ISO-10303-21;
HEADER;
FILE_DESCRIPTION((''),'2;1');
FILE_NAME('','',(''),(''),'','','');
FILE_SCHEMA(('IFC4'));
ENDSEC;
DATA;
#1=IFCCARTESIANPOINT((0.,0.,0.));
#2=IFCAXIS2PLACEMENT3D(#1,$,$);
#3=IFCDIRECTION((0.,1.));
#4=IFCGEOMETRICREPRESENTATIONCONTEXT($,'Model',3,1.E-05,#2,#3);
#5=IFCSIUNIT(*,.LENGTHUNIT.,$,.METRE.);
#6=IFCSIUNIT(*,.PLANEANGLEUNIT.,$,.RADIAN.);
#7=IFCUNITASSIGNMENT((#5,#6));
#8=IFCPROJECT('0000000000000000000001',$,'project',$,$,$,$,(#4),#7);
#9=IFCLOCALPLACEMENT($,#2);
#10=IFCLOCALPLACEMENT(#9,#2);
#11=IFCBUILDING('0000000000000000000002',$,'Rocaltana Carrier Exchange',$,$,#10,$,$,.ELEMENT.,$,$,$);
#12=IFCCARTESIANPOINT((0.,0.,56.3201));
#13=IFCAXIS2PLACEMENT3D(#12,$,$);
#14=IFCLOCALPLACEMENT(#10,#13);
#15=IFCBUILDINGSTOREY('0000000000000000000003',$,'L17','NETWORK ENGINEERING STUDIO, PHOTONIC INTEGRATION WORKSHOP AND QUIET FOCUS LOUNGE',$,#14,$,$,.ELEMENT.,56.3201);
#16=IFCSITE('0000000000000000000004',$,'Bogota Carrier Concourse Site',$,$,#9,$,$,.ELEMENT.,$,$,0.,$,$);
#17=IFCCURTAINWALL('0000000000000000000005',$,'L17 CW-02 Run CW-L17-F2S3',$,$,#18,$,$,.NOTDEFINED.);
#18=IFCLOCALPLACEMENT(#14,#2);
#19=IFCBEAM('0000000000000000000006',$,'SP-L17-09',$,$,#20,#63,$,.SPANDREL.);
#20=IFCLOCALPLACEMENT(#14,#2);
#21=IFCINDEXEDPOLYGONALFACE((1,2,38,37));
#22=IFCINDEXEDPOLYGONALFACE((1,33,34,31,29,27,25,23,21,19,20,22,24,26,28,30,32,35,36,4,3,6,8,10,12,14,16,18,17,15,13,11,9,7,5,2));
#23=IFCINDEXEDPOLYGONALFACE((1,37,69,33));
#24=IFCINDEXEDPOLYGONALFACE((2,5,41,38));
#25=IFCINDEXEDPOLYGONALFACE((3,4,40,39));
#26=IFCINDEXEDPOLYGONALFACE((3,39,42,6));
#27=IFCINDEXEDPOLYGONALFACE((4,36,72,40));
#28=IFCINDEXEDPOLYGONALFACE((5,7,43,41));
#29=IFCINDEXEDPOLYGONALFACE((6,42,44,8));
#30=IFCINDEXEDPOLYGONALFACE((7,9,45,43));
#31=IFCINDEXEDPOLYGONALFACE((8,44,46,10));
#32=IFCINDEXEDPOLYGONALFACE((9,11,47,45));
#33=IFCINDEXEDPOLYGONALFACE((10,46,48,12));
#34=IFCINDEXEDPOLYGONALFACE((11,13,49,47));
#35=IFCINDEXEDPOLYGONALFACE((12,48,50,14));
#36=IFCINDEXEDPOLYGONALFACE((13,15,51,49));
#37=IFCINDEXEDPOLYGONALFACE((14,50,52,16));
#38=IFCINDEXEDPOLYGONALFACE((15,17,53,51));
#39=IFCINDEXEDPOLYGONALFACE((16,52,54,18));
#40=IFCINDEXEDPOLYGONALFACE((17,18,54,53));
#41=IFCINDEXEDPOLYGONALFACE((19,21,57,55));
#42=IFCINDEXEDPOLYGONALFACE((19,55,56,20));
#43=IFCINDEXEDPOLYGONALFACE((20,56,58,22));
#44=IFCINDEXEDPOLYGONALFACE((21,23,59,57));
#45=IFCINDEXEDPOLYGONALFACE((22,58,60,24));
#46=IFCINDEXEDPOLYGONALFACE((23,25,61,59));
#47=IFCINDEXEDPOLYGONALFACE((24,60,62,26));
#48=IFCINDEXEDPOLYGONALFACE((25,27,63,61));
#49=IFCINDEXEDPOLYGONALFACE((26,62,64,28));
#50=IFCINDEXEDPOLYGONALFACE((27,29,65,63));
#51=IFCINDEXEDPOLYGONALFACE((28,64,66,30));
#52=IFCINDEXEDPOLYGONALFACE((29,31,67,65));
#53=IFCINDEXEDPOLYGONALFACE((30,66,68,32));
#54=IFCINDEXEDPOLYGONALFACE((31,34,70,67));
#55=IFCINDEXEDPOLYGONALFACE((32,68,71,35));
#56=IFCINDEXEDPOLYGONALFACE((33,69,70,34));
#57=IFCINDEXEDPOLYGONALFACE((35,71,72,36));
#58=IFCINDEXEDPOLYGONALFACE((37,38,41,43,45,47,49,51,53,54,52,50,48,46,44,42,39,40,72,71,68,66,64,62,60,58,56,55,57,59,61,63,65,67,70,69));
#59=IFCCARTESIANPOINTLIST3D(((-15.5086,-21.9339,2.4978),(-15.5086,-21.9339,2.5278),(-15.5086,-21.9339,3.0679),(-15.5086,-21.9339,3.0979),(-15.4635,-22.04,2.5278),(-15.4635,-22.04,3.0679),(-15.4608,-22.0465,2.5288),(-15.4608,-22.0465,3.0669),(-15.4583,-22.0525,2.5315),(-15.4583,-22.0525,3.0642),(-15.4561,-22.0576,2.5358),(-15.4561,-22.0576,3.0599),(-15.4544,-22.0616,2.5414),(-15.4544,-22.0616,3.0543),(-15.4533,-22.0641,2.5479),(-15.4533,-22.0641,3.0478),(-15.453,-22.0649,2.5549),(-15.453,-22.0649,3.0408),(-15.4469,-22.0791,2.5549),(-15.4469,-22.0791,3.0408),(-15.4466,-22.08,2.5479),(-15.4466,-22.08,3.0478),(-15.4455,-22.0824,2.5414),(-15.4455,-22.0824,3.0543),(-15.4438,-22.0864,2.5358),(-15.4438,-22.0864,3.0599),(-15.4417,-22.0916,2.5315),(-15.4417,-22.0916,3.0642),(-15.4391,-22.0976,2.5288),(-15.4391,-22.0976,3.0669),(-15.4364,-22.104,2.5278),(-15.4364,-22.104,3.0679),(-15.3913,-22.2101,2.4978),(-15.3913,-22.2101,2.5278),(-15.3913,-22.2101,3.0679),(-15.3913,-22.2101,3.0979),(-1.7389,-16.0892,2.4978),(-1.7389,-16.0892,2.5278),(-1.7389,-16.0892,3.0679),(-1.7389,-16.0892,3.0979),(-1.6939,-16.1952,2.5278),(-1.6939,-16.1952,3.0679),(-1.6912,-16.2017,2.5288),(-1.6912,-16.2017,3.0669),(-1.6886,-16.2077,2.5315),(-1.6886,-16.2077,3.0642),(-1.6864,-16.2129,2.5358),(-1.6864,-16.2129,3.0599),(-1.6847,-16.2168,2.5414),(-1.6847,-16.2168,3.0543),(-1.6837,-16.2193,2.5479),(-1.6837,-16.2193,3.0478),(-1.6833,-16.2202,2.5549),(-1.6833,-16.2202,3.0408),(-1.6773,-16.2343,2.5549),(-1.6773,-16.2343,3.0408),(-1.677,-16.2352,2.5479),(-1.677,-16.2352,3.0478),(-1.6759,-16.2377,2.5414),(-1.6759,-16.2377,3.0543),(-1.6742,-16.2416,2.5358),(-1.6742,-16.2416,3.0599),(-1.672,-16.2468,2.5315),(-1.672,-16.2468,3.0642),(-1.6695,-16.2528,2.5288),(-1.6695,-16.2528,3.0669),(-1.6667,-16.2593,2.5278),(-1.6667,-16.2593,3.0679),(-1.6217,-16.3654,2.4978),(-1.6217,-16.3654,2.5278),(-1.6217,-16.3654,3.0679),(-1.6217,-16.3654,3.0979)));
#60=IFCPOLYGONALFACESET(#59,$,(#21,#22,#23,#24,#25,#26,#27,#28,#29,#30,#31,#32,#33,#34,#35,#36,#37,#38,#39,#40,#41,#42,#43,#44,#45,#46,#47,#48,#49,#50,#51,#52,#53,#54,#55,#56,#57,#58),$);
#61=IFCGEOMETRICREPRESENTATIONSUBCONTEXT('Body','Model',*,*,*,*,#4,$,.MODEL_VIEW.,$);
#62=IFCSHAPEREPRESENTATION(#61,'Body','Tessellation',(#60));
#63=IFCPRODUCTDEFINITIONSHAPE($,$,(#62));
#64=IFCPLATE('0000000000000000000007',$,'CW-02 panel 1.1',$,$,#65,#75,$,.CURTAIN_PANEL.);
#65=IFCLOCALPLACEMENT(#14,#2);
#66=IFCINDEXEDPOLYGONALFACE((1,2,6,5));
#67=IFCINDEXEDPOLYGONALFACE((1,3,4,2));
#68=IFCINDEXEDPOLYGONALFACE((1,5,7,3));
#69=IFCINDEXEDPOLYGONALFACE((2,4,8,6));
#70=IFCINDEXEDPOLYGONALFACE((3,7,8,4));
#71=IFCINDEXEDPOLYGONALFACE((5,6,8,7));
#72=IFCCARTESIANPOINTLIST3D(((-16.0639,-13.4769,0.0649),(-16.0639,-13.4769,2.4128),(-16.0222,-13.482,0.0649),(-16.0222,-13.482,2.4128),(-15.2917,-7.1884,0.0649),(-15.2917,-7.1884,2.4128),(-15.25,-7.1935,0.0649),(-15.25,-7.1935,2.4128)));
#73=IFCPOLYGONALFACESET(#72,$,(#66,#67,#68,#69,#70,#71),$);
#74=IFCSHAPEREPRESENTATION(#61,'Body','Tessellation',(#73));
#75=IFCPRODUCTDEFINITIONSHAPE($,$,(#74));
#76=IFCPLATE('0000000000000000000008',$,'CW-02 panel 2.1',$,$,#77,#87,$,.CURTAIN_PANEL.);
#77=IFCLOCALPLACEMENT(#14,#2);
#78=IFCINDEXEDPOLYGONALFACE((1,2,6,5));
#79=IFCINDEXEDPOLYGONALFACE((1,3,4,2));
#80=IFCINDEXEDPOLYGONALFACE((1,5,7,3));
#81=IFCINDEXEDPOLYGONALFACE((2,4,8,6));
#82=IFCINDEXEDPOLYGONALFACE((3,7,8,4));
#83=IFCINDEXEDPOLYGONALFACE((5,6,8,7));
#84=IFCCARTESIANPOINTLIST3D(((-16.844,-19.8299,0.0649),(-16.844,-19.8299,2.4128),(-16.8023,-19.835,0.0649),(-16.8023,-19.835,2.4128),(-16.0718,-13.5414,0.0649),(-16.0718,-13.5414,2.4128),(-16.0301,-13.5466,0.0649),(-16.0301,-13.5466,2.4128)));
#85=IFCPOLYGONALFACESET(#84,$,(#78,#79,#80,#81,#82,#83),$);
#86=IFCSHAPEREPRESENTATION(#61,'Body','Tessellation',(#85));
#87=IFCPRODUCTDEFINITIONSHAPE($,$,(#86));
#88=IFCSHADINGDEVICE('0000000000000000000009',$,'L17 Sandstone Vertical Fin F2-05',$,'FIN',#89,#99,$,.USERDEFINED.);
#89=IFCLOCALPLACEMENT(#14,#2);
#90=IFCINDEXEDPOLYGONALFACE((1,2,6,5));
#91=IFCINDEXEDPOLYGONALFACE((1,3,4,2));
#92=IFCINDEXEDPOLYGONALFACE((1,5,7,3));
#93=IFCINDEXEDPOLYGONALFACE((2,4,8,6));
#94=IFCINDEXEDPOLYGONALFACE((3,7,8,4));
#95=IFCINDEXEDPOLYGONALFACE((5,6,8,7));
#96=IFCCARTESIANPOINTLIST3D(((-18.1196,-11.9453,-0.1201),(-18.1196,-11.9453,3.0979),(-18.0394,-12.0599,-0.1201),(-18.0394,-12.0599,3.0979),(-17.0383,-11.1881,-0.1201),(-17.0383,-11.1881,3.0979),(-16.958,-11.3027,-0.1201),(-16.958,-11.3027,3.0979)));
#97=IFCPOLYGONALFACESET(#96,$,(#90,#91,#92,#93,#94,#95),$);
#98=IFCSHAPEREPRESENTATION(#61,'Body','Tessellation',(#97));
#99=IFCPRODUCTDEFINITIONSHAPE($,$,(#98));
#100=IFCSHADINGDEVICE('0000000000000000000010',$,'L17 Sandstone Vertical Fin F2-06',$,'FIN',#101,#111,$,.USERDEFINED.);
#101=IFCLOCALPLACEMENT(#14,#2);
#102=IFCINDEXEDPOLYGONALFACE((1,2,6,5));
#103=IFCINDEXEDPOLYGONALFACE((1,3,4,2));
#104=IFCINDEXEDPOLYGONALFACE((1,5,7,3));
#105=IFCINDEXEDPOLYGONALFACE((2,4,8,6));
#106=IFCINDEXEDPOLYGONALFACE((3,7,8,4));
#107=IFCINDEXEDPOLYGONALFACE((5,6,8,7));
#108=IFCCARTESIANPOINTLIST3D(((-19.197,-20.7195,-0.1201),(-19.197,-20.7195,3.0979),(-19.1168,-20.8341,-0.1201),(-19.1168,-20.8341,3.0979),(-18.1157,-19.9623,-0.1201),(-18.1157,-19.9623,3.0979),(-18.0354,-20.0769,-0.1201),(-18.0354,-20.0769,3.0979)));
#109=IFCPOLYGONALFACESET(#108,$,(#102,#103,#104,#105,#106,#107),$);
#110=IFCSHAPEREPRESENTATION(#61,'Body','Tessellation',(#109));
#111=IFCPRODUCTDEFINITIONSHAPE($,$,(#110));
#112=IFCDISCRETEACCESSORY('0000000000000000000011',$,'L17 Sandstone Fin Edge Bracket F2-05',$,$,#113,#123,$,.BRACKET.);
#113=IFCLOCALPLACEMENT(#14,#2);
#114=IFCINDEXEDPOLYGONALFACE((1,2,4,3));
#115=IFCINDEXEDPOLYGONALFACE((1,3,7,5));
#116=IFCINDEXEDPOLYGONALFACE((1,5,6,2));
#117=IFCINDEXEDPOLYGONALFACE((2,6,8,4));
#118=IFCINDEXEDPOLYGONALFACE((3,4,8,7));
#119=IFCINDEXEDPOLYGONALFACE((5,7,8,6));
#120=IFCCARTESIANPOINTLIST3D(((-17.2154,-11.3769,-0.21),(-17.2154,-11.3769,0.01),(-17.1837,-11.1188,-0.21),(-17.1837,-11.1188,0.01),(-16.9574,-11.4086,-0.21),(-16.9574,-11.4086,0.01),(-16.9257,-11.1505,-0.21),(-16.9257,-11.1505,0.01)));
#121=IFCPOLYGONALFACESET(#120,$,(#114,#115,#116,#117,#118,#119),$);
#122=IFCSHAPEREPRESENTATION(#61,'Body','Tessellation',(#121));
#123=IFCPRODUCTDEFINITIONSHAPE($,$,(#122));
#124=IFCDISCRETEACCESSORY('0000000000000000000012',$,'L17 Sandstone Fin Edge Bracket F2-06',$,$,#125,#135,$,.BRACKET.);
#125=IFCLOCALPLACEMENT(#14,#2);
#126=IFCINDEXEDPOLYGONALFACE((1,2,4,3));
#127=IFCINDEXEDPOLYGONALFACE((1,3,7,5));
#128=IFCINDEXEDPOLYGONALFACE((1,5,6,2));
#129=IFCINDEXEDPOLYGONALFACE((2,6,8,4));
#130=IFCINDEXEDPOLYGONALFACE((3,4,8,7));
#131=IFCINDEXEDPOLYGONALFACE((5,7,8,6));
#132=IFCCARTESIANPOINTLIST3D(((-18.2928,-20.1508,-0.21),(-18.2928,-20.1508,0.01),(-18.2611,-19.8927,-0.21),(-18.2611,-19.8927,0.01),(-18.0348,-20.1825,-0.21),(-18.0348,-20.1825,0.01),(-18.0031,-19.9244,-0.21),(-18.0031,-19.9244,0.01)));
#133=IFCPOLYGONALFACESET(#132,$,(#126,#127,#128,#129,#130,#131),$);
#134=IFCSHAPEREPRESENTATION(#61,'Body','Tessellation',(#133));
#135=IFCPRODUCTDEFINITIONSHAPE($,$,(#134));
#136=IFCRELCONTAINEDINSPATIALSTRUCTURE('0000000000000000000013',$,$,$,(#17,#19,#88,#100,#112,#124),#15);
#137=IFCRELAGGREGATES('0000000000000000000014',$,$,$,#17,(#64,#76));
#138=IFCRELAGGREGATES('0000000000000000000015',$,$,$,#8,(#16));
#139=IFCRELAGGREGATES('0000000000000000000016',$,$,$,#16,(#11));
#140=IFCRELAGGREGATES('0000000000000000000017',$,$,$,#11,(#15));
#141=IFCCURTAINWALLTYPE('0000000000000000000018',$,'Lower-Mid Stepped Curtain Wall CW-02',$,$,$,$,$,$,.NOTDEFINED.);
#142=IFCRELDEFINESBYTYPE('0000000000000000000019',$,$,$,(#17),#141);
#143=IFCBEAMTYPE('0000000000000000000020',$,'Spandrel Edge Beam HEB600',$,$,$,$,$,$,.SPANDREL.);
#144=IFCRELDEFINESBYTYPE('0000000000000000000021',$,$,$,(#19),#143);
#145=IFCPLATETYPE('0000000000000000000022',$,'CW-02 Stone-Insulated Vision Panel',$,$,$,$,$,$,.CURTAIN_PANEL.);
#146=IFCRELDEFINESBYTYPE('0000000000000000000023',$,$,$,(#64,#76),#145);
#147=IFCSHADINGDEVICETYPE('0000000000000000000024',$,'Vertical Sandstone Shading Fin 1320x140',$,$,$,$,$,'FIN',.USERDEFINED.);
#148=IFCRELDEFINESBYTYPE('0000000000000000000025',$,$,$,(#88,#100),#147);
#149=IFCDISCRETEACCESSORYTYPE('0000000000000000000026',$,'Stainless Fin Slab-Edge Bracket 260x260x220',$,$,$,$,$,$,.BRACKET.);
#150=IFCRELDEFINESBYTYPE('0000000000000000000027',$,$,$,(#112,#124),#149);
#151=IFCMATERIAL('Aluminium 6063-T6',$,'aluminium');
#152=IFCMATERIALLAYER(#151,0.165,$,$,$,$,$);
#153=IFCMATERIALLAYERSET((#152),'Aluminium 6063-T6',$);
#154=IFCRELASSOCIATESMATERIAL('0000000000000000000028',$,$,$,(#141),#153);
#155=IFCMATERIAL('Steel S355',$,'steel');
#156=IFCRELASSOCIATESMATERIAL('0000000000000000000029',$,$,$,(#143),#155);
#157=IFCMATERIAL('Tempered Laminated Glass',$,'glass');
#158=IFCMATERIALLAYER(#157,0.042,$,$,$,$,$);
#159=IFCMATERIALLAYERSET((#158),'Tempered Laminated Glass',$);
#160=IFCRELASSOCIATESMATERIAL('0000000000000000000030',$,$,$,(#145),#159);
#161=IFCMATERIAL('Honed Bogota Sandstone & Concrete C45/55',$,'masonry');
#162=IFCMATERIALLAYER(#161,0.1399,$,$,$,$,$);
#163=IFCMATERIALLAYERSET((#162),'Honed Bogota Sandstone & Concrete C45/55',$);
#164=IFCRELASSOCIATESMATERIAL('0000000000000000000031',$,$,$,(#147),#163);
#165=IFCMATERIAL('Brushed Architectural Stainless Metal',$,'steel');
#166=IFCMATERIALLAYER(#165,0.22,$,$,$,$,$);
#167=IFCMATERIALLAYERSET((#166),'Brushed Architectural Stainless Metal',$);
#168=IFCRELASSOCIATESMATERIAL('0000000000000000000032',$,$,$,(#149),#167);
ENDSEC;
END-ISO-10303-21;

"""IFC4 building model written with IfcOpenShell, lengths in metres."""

from ifc_helpers import new_model, si_unit, direction, frame, origin, origin_2d, place, context, subcontext, project, spatial, rectangle, i_section, extrude, material, layer, layer_set, material_profile, profile_set, type_object, element, aggregate, save


model = new_model("IFC4")

# Units and contexts
model_context = context("Model", 3, precision=1e-05, world=origin(), true_north=direction((0.0, 1.0)))
body_context = subcontext(model_context, "Body", "Model", "MODEL_VIEW")
ifc_project = project(units=[si_unit("LENGTHUNIT", "METRE"), si_unit("PLANEANGLEUNIT", "RADIAN")], contexts=[model_context])

# Site, building, storey
site_placement = place(None, origin())
site = spatial("IfcSite", under=ifc_project, at=site_placement, Name="Bogota Carrier Concourse Site", CompositionType="ELEMENT", RefElevation=0.0)
building_placement = place(site_placement, origin())
building = spatial("IfcBuilding", under=site, at=building_placement, Name="Rocaltana Carrier Exchange", CompositionType="ELEMENT")
storey_placement = place(building_placement, frame((0.0, 0.0, 56.3201)))
storey = spatial("IfcBuildingStorey", under=building, at=storey_placement, Name="L17", Description="NETWORK ENGINEERING STUDIO, PHOTONIC INTEGRATION WORKSHOP AND QUIET FOCUS LOUNGE", CompositionType="ELEMENT", Elevation=56.3201)

# Curtain wall
ifc_material_1 = material(Name="Aluminium 6063-T6", Category="aluminium")
ifc_layer_1 = layer(ifc_material_1, 0.165)
ifc_layer_set_1 = layer_set([ifc_layer_1], Name="Aluminium 6063-T6")
curtain_wall_type = type_object("IfcCurtainWallType", Name="Lower-Mid Stepped Curtain Wall CW-02", PredefinedType="NOTDEFINED", material=ifc_layer_set_1)
curtain_wall_1_placement = place(storey_placement, origin())
curtain_wall_1 = element("IfcCurtainWall", 1, at=curtain_wall_1_placement, inside=storey, type_object=curtain_wall_type, Name="L17 CW-02 Run CW-L17-F2S3", PredefinedType="NOTDEFINED")

# Beam
ifc_material_2 = material(Name="Steel S355", Category="steel")
ifc_material_profile_1 = material_profile(ifc_material_2, i_section(OverallWidth=0.3, OverallDepth=0.6001, WebThickness=0.0154, FlangeThickness=0.03, FilletRadius=0.0271, at=origin_2d()), Name="HEB600")
ifc_profile_set_1 = profile_set([ifc_material_profile_1], Name="Steel S355")
beam_type_1 = type_object("IfcBeamType", Name="Spandrel Edge Beam HEB600", PredefinedType="SPANDREL", material=ifc_profile_set_1)
beam_1_placement = place(storey_placement, frame((-15.45, -22.072, 2.7979), z_axis=(0.920507, 0.390726, 0.0), x_axis=(-0.390726, 0.920507, 0.0)))
element("IfcBeam", 2, at=beam_1_placement, inside=storey, type_object=beam_type_1, Name="SP-L17-09", PredefinedType="SPANDREL", context=body_context, shape_type="SweptSolid", body=[
    extrude(i_section(OverallWidth=0.3, OverallDepth=0.6001, WebThickness=0.0154, FlangeThickness=0.03, FilletRadius=0.0271, at=origin_2d()), origin(), (0.0, 0.0, 1.0), 14.9587),
])

# Plates
ifc_material_3 = material(Name="Tempered Laminated Glass", Category="glass")
ifc_layer_2 = layer(ifc_material_3, 0.042)
ifc_layer_set_2 = layer_set([ifc_layer_2], Name="Tempered Laminated Glass")
plate_type = type_object("IfcPlateType", Name="CW-02 Stone-Insulated Vision Panel", PredefinedType="CURTAIN_PANEL", material=ifc_layer_set_2)
plate_1_placement = place(storey_placement, frame((-15.657, -10.3352, 0.0649), z_axis=(0.0, 0.0, 1.0), x_axis=(-0.121881, -0.992545, 0.0)))
plate_1 = element("IfcPlate", 3, at=plate_1_placement, type_object=plate_type, Name="CW-02 panel 1.1", PredefinedType="CURTAIN_PANEL", context=body_context, shape_type="SweptSolid", body=[
    extrude(rectangle(XDim=6.3357, YDim=0.042, at=origin_2d()), origin(), (0.0, 0.0, 1.0), 2.3479),
])
plate_2_placement = place(storey_placement, frame((-16.437, -16.6882, 0.0649), z_axis=(0.0, 0.0, 1.0), x_axis=(-0.121881, -0.992545, 0.0)))
plate_2 = element("IfcPlate", 4, at=plate_2_placement, type_object=plate_type, Name="CW-02 panel 2.1", PredefinedType="CURTAIN_PANEL", context=body_context, shape_type="SweptSolid", body=[
    extrude(rectangle(XDim=6.3357, YDim=0.042, at=origin_2d()), origin(), (0.0, 0.0, 1.0), 2.3479),
])
aggregate(curtain_wall_1, [plate_1, plate_2])

# Shading devices
ifc_material_4 = material(Name="Honed Bogota Sandstone & Concrete C45/55", Category="masonry")
ifc_layer_3 = layer(ifc_material_4, 0.1399)
ifc_layer_set_3 = layer_set([ifc_layer_3], Name="Honed Bogota Sandstone & Concrete C45/55")
shading_device_type = type_object("IfcShadingDeviceType", Name="Vertical Sandstone Shading Fin 1320x140", ElementType="FIN", PredefinedType="USERDEFINED", material=ifc_layer_set_3)
for number, where, z_axis, x_axis, name in (
    (5, (-17.5388, -11.624, -0.1201), (0.0, 0.0, 1.0), (-0.819152, -0.573576, 0.0), "L17 Sandstone Vertical Fin F2-05"),
    (6, (-18.6162, -20.3982, -0.1201), (0.0, 0.0, 1.0), (-0.819152, -0.573576, 0.0), "L17 Sandstone Vertical Fin F2-06"),
):
    element("IfcShadingDevice", number, at=place(storey_placement, frame(where, z_axis=z_axis, x_axis=x_axis)), inside=storey, type_object=shading_device_type, Name=name, ObjectType="FIN", PredefinedType="USERDEFINED", context=body_context, shape_type="SweptSolid", body=[
        extrude(rectangle(XDim=1.3201, YDim=0.1399, at=origin_2d()), origin(), (0.0, 0.0, 1.0), 3.218),
    ])

# Discrete accessories
ifc_material_5 = material(Name="Brushed Architectural Stainless Metal", Category="steel")
ifc_layer_4 = layer(ifc_material_5, 0.22)
ifc_layer_set_4 = layer_set([ifc_layer_4], Name="Brushed Architectural Stainless Metal")
discrete_accessory_type = type_object("IfcDiscreteAccessoryType", Name="Stainless Fin Slab-Edge Bracket 260x260x220", PredefinedType="BRACKET", material=ifc_layer_set_4)
for number, where, z_axis, x_axis, name in (
    (7, (-17.0706, -11.2637, -0.21), (0.0, 0.0, 1.0), (-0.121869, -0.992546, 0.0), "L17 Sandstone Fin Edge Bracket F2-05"),
    (8, (-18.1479, -20.0376, -0.21), (0.0, 0.0, 1.0), (-0.121869, -0.992546, 0.0), "L17 Sandstone Fin Edge Bracket F2-06"),
):
    element("IfcDiscreteAccessory", number, at=place(storey_placement, frame(where, z_axis=z_axis, x_axis=x_axis)), inside=storey, type_object=discrete_accessory_type, Name=name, PredefinedType="BRACKET", context=body_context, shape_type="SweptSolid", body=[
        extrude(rectangle(XDim=0.26, YDim=0.26, at=origin_2d()), origin(), (0.0, 0.0, 1.0), 0.22),
    ])

save(model, "model.ifc")
